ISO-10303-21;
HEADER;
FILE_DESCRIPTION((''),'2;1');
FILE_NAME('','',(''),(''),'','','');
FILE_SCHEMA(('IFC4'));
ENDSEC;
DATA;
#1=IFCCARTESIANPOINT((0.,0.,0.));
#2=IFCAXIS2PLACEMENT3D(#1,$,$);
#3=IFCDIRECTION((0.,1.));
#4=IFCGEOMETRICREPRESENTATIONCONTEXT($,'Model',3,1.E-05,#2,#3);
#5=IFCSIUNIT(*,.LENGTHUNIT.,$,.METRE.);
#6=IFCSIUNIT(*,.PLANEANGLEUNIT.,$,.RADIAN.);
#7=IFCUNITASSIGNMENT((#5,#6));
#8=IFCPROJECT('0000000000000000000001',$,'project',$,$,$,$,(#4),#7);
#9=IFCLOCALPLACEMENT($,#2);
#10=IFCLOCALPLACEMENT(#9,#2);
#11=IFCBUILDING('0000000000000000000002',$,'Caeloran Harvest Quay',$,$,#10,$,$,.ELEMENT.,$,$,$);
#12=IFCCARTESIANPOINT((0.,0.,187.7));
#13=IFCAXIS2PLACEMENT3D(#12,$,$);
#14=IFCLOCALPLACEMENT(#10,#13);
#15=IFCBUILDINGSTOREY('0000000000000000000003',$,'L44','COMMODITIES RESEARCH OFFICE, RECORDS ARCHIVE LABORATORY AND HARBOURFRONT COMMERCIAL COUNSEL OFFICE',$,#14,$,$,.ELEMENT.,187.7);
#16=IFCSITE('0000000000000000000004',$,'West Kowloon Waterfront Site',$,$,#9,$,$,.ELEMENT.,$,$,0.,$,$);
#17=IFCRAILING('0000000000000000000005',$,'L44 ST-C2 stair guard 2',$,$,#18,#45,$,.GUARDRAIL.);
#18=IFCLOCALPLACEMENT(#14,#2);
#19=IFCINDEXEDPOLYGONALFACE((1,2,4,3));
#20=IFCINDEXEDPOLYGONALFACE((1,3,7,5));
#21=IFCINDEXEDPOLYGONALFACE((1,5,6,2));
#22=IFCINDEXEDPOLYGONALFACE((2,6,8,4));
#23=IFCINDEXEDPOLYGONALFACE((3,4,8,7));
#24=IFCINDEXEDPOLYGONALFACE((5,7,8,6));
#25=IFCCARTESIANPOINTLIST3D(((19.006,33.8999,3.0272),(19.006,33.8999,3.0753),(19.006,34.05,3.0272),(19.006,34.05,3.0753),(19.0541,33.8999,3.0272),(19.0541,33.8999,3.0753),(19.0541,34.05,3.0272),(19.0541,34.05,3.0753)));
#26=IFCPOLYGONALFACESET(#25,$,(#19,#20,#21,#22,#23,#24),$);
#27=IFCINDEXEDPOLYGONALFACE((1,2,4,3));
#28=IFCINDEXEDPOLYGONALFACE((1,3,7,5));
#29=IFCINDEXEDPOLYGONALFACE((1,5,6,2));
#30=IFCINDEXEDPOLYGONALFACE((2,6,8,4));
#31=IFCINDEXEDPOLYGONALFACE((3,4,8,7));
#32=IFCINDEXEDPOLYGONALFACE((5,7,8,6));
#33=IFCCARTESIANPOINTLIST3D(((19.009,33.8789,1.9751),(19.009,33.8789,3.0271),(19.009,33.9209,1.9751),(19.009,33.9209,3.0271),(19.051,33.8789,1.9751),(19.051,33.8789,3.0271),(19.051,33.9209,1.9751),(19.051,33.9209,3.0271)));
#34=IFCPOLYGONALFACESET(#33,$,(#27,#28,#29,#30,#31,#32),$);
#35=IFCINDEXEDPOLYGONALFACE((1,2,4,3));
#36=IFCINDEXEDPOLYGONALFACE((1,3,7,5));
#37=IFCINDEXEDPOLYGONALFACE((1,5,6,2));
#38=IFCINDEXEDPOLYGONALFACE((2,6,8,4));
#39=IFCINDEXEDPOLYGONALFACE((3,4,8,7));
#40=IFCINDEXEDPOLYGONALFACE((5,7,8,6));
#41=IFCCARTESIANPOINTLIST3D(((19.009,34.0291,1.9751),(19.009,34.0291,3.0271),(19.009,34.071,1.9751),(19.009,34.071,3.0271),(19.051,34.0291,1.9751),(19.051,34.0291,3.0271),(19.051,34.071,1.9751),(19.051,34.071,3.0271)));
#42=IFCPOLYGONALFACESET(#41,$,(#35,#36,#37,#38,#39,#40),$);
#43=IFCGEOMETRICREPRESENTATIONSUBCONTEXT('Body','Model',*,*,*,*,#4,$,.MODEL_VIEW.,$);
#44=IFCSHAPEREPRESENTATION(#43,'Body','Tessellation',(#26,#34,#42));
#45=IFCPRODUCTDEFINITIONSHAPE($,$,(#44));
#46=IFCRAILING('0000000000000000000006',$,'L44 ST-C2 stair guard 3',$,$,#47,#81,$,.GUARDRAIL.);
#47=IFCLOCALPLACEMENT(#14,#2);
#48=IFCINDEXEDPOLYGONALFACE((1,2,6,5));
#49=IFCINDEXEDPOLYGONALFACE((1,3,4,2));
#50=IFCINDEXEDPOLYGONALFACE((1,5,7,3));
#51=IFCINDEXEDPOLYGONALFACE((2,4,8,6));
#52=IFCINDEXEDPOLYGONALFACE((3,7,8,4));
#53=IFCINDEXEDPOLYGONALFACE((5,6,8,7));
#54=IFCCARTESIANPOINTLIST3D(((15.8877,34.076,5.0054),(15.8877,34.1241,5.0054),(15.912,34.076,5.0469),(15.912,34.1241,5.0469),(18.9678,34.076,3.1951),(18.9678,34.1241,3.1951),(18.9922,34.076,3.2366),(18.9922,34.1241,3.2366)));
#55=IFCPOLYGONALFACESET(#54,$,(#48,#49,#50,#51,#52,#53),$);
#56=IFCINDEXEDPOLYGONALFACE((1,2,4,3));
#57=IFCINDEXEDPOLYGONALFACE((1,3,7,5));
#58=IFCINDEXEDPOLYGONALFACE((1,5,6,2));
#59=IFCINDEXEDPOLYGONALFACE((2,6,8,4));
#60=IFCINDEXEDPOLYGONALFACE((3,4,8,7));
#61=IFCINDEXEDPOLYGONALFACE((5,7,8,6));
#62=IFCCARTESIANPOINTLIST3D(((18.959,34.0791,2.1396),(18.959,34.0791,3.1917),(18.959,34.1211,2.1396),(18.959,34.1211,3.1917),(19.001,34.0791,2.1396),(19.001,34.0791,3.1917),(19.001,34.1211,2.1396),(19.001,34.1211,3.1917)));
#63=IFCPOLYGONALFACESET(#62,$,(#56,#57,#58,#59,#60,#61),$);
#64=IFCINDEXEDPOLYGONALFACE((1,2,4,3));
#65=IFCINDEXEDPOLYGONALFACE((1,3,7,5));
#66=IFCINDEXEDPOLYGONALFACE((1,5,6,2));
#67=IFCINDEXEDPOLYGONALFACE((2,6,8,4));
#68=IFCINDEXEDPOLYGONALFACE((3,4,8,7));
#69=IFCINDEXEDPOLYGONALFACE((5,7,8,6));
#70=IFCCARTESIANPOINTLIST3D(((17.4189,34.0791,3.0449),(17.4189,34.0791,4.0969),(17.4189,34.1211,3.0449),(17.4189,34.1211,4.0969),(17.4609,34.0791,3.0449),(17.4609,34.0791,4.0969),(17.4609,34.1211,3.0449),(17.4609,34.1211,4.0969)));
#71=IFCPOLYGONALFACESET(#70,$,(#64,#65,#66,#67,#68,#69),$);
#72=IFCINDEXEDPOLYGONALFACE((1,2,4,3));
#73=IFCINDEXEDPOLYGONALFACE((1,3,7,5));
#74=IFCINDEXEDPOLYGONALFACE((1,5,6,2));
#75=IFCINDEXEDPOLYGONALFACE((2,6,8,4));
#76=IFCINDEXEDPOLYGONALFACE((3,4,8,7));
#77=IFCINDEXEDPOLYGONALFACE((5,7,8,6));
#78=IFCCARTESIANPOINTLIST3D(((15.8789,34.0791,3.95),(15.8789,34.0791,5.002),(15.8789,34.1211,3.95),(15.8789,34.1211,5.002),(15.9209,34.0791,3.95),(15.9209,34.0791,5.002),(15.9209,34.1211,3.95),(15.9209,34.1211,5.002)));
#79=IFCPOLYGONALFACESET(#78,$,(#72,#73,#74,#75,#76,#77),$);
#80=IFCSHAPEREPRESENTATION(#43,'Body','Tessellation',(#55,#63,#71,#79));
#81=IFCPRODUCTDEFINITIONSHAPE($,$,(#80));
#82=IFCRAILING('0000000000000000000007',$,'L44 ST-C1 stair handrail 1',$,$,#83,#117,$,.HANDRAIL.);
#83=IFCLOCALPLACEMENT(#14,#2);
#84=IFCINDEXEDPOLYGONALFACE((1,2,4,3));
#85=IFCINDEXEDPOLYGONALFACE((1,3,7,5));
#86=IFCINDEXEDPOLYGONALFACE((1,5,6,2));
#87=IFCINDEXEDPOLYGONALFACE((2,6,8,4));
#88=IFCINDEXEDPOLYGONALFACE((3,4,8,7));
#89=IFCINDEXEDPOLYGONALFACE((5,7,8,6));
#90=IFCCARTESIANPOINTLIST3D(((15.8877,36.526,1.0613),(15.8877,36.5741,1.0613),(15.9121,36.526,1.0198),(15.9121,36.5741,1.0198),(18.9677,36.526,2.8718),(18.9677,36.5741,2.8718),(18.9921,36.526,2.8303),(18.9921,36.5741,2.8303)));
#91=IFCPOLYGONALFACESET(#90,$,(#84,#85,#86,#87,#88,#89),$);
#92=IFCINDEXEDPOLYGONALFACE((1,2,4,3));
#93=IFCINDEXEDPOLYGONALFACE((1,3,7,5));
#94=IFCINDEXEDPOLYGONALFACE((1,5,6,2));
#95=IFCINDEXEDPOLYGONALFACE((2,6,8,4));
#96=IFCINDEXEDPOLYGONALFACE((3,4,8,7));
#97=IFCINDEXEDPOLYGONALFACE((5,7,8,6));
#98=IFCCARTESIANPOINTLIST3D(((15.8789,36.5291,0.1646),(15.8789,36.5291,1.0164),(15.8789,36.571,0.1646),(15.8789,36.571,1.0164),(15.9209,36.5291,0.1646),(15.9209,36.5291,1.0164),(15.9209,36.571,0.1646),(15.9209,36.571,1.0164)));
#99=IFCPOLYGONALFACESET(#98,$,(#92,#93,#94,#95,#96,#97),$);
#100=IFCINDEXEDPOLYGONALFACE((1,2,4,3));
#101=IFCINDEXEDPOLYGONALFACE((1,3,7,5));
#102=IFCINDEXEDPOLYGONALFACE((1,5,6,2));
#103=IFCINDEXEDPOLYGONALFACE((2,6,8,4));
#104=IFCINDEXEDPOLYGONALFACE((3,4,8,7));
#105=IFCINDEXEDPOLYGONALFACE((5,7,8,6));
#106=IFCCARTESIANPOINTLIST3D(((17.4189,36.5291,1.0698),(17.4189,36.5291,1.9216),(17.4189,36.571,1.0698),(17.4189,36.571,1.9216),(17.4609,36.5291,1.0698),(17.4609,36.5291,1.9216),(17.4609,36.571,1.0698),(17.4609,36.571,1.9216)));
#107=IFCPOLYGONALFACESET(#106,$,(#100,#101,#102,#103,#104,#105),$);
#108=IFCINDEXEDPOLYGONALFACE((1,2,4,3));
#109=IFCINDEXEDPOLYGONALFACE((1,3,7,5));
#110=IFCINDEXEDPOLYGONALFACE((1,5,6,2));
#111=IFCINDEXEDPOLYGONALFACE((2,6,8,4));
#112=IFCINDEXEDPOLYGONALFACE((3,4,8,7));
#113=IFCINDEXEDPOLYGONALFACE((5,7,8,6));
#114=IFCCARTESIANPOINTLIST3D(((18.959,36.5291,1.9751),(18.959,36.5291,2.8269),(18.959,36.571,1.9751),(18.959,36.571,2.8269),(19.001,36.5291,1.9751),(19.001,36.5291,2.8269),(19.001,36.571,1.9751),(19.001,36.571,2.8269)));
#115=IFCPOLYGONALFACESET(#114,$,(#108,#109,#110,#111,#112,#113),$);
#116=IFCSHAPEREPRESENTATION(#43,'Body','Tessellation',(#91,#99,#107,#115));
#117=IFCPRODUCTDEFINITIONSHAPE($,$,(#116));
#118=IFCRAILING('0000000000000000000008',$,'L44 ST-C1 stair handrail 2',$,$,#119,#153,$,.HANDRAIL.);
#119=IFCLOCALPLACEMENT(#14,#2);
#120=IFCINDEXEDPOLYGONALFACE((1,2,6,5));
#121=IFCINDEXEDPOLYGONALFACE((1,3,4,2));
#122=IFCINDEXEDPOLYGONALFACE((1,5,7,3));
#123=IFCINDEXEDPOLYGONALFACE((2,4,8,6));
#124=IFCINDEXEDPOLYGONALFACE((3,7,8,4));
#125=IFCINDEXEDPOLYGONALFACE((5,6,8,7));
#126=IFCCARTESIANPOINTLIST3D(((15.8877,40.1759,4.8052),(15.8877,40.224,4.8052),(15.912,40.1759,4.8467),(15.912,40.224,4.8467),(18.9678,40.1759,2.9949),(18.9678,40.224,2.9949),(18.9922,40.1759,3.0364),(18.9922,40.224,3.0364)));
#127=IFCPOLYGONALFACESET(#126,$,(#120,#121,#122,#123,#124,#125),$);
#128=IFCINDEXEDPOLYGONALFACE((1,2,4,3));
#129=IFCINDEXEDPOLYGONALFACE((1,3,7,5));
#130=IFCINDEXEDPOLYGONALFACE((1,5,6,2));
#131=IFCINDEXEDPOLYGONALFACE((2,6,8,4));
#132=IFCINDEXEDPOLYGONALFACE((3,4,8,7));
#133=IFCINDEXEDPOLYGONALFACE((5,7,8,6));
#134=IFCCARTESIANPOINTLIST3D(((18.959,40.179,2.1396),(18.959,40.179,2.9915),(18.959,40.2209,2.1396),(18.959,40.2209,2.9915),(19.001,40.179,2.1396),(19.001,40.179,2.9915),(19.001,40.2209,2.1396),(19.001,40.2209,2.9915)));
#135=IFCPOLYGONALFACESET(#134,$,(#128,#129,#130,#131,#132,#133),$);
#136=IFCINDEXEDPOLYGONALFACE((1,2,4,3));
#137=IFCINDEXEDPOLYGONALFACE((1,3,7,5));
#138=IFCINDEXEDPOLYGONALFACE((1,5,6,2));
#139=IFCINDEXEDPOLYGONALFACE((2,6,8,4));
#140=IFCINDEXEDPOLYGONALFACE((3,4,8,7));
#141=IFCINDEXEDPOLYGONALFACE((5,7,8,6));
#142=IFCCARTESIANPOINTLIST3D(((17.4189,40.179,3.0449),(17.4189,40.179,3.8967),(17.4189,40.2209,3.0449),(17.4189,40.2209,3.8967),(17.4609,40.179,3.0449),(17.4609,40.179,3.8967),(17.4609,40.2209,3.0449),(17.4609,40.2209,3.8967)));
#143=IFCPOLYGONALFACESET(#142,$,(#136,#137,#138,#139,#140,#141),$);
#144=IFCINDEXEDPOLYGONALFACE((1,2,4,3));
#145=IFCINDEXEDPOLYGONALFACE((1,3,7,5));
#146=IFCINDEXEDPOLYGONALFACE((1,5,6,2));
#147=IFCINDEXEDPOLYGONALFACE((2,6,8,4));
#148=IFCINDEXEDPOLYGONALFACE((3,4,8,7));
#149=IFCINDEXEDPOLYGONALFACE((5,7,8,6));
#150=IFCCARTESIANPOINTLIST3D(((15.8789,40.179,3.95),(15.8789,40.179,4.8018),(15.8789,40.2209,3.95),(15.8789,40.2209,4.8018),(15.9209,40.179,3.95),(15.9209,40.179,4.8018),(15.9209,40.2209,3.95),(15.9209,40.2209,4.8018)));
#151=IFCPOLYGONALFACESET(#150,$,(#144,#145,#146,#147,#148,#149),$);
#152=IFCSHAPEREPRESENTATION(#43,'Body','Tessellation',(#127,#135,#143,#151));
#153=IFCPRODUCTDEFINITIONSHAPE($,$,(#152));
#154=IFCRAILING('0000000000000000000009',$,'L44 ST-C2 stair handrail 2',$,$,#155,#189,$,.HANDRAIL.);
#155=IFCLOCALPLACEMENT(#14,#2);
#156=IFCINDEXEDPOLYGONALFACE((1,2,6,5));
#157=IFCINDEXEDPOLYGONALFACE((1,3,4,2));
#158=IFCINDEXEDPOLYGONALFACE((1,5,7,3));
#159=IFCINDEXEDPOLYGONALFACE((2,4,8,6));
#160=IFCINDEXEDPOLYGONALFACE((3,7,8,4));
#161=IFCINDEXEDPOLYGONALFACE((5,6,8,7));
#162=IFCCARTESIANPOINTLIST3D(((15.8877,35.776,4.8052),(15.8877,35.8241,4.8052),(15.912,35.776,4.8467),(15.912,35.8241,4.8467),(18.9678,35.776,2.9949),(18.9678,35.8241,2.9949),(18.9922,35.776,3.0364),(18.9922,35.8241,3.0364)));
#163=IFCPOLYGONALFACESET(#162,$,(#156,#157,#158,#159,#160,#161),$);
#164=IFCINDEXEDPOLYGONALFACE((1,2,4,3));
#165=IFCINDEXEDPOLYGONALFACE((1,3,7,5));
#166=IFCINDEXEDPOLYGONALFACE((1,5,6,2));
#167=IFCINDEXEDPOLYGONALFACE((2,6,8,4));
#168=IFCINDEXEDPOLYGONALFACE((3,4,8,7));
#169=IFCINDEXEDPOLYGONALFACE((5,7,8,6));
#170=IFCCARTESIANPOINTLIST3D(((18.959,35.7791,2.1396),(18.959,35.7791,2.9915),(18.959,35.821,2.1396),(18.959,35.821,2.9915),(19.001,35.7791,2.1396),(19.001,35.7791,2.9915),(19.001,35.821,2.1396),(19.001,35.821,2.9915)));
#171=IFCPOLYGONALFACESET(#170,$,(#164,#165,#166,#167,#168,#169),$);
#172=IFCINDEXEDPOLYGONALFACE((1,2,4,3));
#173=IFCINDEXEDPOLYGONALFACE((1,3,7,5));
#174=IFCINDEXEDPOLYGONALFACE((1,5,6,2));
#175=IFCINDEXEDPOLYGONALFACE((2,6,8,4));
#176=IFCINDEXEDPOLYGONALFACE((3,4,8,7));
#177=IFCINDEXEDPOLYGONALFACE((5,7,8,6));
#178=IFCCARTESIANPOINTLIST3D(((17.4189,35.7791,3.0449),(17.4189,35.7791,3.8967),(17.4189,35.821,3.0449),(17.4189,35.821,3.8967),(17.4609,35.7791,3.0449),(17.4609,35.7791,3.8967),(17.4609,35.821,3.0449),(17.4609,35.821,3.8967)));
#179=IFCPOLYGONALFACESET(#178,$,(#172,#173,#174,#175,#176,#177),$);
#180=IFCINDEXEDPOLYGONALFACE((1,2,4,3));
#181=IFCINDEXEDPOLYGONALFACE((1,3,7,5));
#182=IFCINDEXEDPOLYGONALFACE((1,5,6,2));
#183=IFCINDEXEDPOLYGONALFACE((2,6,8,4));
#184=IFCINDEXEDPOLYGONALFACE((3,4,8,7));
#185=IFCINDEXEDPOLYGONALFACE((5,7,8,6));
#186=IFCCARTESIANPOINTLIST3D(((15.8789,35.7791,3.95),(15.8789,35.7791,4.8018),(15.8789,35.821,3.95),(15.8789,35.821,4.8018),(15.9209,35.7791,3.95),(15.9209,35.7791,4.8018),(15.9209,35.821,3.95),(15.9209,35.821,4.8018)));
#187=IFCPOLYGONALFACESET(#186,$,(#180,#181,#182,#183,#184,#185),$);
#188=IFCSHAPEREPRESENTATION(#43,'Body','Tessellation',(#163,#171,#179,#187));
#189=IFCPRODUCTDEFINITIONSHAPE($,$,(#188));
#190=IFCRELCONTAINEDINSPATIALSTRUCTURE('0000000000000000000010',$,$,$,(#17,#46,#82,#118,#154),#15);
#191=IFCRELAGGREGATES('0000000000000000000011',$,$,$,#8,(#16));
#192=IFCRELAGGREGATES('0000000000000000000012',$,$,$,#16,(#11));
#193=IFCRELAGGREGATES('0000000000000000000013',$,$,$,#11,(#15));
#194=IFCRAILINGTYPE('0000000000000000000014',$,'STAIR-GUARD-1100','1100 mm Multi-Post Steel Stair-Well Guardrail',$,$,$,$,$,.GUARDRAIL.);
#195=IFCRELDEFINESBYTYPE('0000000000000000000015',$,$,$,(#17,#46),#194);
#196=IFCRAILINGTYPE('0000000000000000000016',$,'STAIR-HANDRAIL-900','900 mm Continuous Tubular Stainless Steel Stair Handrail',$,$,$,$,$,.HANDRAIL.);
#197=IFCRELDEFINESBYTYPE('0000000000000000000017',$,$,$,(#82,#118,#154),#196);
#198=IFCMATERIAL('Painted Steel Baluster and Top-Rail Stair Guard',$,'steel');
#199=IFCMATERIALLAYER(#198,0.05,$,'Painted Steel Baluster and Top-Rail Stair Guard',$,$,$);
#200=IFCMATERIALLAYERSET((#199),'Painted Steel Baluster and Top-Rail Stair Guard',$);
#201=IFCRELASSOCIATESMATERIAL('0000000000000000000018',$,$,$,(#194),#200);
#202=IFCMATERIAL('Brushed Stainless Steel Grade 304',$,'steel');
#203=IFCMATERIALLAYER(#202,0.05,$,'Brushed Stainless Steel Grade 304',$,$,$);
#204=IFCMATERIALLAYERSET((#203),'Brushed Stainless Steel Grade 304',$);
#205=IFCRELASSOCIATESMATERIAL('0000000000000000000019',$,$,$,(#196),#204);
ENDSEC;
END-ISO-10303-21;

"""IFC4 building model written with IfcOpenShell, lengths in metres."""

from ifc_helpers import new_model, si_unit, direction, frame, origin, origin_2d, place, context, subcontext, project, spatial, rectangle, extrude, material, layer, layer_set, type_object, element, save


model = new_model("IFC4")

# Units and contexts
model_context = context("Model", 3, precision=1e-05, world=origin(), true_north=direction((0.0, 1.0)))
body_context = subcontext(model_context, "Body", "Model", "MODEL_VIEW")
ifc_project = project(units=[si_unit("LENGTHUNIT", "METRE"), si_unit("PLANEANGLEUNIT", "RADIAN")], contexts=[model_context])

# Site, building, storey
site_placement = place(None, origin())
site = spatial("IfcSite", under=ifc_project, at=site_placement, Name="West Kowloon Waterfront Site", CompositionType="ELEMENT", RefElevation=0.0)
building_placement = place(site_placement, origin())
building = spatial("IfcBuilding", under=site, at=building_placement, Name="Caeloran Harvest Quay", CompositionType="ELEMENT")
storey_placement = place(building_placement, frame((0.0, 0.0, 187.7)))
storey = spatial("IfcBuildingStorey", under=building, at=storey_placement, Name="L44", Description="COMMODITIES RESEARCH OFFICE, RECORDS ARCHIVE LABORATORY AND HARBOURFRONT COMMERCIAL COUNSEL OFFICE", CompositionType="ELEMENT", Elevation=187.7)

# Railings
ifc_material_1 = material(Name="Painted Steel Baluster and Top-Rail Stair Guard", Category="steel")
ifc_layer_1 = layer(ifc_material_1, 0.05, Name="Painted Steel Baluster and Top-Rail Stair Guard")
ifc_layer_set_1 = layer_set([ifc_layer_1], Name="Painted Steel Baluster and Top-Rail Stair Guard")
railing_type_1 = type_object("IfcRailingType", Name="STAIR-GUARD-1100", Description="1100 mm Multi-Post Steel Stair-Well Guardrail", PredefinedType="GUARDRAIL", material=ifc_layer_set_1)
railing_1_placement = place(storey_placement, frame((19.03, 33.8999, 1.9751)))
element("IfcRailing", 1, at=railing_1_placement, inside=storey, type_object=railing_type_1, Name="L44 ST-C2 stair guard 2", PredefinedType="GUARDRAIL", context=body_context, shape_type="SweptSolid", body=[
    extrude(rectangle(XDim=0.0481, YDim=0.0481, at=origin_2d()), frame((0.0, 0.0, 1.0762), z_axis=(0.0, 1.0, 0.0), x_axis=(-1.0, 0.0, 0.0)), (0.0, 0.0, 1.0), 0.1501),
    extrude(rectangle(XDim=0.042, YDim=0.042, at=origin_2d()), origin(), (0.0, 0.0, 1.0), 1.052),
    extrude(rectangle(XDim=0.042, YDim=0.042, at=origin_2d()), frame((0.0, 0.1501, 0.0)), (0.0, 0.0, 1.0), 1.052),
])
railing_2_placement = place(storey_placement, frame((18.98, 34.1001, 2.1396)))
element("IfcRailing", 2, at=railing_2_placement, inside=storey, type_object=railing_type_1, Name="L44 ST-C2 stair guard 3", PredefinedType="GUARDRAIL", context=body_context, shape_type="SweptSolid", body=[
    extrude(rectangle(XDim=0.0481, YDim=0.0481, at=origin_2d()), frame((0.0, 0.0, 1.0762), z_axis=(-0.862119, 0.0, 0.506707), x_axis=(0.0, -1.0, 0.0)), (0.0, 0.0, 1.0), 3.5728),
    extrude(rectangle(XDim=0.042, YDim=0.042, at=origin_2d()), origin(), (0.0, 0.0, 1.0), 1.052),
    extrude(rectangle(XDim=0.042, YDim=0.042, at=origin_2d()), frame((-1.54, 0.0, 0.9053)), (0.0, 0.0, 1.0), 1.052),
    extrude(rectangle(XDim=0.042, YDim=0.042, at=origin_2d()), frame((-3.0801, 0.0, 1.8103)), (0.0, 0.0, 1.0), 1.052),
])
ifc_material_2 = material(Name="Brushed Stainless Steel Grade 304", Category="steel")
ifc_layer_2 = layer(ifc_material_2, 0.05, Name="Brushed Stainless Steel Grade 304")
ifc_layer_set_2 = layer_set([ifc_layer_2], Name="Brushed Stainless Steel Grade 304")
railing_type_2 = type_object("IfcRailingType", Name="STAIR-HANDRAIL-900", Description="900 mm Continuous Tubular Stainless Steel Stair Handrail", PredefinedType="HANDRAIL", material=ifc_layer_set_2)
railing_3_placement = place(storey_placement, frame((15.8999, 36.55, 0.1646)))
element("IfcRailing", 3, at=railing_3_placement, inside=storey, type_object=railing_type_2, Name="L44 ST-C1 stair handrail 1", PredefinedType="HANDRAIL", context=body_context, shape_type="SweptSolid", body=[
    extrude(rectangle(XDim=0.0481, YDim=0.0481, at=origin_2d()), frame((0.0, 0.0, 0.876), z_axis=(0.862089, 0.0, 0.506757), x_axis=(0.0, 1.0, 0.0)), (0.0, 0.0, 1.0), 3.5728),
    extrude(rectangle(XDim=0.042, YDim=0.042, at=origin_2d()), origin(), (0.0, 0.0, 1.0), 0.8518),
    extrude(rectangle(XDim=0.042, YDim=0.042, at=origin_2d()), frame((1.54, 0.0, 0.9053)), (0.0, 0.0, 1.0), 0.8518),
    extrude(rectangle(XDim=0.042, YDim=0.042, at=origin_2d()), frame((3.0801, 0.0, 1.8105)), (0.0, 0.0, 1.0), 0.8518),
])
for number, where, name in (
    (4, (18.98, 40.2, 2.1396), "L44 ST-C1 stair handrail 2"),
    (5, (18.98, 35.8, 2.1396), "L44 ST-C2 stair handrail 2"),
):
    element("IfcRailing", number, at=place(storey_placement, frame(where)), inside=storey, type_object=railing_type_2, Name=name, PredefinedType="HANDRAIL", context=body_context, shape_type="SweptSolid", body=[
        extrude(rectangle(XDim=0.0481, YDim=0.0481, at=origin_2d()), frame((0.0, 0.0, 0.876), z_axis=(-0.862119, 0.0, 0.506707), x_axis=(0.0, -1.0, 0.0)), (0.0, 0.0, 1.0), 3.5728),
        extrude(rectangle(XDim=0.042, YDim=0.042, at=origin_2d()), origin(), (0.0, 0.0, 1.0), 0.8518),
        extrude(rectangle(XDim=0.042, YDim=0.042, at=origin_2d()), frame((-1.54, 0.0, 0.9053)), (0.0, 0.0, 1.0), 0.8518),
        extrude(rectangle(XDim=0.042, YDim=0.042, at=origin_2d()), frame((-3.0801, 0.0, 1.8103)), (0.0, 0.0, 1.0), 0.8518),
    ])

save(model, "model.ifc")
